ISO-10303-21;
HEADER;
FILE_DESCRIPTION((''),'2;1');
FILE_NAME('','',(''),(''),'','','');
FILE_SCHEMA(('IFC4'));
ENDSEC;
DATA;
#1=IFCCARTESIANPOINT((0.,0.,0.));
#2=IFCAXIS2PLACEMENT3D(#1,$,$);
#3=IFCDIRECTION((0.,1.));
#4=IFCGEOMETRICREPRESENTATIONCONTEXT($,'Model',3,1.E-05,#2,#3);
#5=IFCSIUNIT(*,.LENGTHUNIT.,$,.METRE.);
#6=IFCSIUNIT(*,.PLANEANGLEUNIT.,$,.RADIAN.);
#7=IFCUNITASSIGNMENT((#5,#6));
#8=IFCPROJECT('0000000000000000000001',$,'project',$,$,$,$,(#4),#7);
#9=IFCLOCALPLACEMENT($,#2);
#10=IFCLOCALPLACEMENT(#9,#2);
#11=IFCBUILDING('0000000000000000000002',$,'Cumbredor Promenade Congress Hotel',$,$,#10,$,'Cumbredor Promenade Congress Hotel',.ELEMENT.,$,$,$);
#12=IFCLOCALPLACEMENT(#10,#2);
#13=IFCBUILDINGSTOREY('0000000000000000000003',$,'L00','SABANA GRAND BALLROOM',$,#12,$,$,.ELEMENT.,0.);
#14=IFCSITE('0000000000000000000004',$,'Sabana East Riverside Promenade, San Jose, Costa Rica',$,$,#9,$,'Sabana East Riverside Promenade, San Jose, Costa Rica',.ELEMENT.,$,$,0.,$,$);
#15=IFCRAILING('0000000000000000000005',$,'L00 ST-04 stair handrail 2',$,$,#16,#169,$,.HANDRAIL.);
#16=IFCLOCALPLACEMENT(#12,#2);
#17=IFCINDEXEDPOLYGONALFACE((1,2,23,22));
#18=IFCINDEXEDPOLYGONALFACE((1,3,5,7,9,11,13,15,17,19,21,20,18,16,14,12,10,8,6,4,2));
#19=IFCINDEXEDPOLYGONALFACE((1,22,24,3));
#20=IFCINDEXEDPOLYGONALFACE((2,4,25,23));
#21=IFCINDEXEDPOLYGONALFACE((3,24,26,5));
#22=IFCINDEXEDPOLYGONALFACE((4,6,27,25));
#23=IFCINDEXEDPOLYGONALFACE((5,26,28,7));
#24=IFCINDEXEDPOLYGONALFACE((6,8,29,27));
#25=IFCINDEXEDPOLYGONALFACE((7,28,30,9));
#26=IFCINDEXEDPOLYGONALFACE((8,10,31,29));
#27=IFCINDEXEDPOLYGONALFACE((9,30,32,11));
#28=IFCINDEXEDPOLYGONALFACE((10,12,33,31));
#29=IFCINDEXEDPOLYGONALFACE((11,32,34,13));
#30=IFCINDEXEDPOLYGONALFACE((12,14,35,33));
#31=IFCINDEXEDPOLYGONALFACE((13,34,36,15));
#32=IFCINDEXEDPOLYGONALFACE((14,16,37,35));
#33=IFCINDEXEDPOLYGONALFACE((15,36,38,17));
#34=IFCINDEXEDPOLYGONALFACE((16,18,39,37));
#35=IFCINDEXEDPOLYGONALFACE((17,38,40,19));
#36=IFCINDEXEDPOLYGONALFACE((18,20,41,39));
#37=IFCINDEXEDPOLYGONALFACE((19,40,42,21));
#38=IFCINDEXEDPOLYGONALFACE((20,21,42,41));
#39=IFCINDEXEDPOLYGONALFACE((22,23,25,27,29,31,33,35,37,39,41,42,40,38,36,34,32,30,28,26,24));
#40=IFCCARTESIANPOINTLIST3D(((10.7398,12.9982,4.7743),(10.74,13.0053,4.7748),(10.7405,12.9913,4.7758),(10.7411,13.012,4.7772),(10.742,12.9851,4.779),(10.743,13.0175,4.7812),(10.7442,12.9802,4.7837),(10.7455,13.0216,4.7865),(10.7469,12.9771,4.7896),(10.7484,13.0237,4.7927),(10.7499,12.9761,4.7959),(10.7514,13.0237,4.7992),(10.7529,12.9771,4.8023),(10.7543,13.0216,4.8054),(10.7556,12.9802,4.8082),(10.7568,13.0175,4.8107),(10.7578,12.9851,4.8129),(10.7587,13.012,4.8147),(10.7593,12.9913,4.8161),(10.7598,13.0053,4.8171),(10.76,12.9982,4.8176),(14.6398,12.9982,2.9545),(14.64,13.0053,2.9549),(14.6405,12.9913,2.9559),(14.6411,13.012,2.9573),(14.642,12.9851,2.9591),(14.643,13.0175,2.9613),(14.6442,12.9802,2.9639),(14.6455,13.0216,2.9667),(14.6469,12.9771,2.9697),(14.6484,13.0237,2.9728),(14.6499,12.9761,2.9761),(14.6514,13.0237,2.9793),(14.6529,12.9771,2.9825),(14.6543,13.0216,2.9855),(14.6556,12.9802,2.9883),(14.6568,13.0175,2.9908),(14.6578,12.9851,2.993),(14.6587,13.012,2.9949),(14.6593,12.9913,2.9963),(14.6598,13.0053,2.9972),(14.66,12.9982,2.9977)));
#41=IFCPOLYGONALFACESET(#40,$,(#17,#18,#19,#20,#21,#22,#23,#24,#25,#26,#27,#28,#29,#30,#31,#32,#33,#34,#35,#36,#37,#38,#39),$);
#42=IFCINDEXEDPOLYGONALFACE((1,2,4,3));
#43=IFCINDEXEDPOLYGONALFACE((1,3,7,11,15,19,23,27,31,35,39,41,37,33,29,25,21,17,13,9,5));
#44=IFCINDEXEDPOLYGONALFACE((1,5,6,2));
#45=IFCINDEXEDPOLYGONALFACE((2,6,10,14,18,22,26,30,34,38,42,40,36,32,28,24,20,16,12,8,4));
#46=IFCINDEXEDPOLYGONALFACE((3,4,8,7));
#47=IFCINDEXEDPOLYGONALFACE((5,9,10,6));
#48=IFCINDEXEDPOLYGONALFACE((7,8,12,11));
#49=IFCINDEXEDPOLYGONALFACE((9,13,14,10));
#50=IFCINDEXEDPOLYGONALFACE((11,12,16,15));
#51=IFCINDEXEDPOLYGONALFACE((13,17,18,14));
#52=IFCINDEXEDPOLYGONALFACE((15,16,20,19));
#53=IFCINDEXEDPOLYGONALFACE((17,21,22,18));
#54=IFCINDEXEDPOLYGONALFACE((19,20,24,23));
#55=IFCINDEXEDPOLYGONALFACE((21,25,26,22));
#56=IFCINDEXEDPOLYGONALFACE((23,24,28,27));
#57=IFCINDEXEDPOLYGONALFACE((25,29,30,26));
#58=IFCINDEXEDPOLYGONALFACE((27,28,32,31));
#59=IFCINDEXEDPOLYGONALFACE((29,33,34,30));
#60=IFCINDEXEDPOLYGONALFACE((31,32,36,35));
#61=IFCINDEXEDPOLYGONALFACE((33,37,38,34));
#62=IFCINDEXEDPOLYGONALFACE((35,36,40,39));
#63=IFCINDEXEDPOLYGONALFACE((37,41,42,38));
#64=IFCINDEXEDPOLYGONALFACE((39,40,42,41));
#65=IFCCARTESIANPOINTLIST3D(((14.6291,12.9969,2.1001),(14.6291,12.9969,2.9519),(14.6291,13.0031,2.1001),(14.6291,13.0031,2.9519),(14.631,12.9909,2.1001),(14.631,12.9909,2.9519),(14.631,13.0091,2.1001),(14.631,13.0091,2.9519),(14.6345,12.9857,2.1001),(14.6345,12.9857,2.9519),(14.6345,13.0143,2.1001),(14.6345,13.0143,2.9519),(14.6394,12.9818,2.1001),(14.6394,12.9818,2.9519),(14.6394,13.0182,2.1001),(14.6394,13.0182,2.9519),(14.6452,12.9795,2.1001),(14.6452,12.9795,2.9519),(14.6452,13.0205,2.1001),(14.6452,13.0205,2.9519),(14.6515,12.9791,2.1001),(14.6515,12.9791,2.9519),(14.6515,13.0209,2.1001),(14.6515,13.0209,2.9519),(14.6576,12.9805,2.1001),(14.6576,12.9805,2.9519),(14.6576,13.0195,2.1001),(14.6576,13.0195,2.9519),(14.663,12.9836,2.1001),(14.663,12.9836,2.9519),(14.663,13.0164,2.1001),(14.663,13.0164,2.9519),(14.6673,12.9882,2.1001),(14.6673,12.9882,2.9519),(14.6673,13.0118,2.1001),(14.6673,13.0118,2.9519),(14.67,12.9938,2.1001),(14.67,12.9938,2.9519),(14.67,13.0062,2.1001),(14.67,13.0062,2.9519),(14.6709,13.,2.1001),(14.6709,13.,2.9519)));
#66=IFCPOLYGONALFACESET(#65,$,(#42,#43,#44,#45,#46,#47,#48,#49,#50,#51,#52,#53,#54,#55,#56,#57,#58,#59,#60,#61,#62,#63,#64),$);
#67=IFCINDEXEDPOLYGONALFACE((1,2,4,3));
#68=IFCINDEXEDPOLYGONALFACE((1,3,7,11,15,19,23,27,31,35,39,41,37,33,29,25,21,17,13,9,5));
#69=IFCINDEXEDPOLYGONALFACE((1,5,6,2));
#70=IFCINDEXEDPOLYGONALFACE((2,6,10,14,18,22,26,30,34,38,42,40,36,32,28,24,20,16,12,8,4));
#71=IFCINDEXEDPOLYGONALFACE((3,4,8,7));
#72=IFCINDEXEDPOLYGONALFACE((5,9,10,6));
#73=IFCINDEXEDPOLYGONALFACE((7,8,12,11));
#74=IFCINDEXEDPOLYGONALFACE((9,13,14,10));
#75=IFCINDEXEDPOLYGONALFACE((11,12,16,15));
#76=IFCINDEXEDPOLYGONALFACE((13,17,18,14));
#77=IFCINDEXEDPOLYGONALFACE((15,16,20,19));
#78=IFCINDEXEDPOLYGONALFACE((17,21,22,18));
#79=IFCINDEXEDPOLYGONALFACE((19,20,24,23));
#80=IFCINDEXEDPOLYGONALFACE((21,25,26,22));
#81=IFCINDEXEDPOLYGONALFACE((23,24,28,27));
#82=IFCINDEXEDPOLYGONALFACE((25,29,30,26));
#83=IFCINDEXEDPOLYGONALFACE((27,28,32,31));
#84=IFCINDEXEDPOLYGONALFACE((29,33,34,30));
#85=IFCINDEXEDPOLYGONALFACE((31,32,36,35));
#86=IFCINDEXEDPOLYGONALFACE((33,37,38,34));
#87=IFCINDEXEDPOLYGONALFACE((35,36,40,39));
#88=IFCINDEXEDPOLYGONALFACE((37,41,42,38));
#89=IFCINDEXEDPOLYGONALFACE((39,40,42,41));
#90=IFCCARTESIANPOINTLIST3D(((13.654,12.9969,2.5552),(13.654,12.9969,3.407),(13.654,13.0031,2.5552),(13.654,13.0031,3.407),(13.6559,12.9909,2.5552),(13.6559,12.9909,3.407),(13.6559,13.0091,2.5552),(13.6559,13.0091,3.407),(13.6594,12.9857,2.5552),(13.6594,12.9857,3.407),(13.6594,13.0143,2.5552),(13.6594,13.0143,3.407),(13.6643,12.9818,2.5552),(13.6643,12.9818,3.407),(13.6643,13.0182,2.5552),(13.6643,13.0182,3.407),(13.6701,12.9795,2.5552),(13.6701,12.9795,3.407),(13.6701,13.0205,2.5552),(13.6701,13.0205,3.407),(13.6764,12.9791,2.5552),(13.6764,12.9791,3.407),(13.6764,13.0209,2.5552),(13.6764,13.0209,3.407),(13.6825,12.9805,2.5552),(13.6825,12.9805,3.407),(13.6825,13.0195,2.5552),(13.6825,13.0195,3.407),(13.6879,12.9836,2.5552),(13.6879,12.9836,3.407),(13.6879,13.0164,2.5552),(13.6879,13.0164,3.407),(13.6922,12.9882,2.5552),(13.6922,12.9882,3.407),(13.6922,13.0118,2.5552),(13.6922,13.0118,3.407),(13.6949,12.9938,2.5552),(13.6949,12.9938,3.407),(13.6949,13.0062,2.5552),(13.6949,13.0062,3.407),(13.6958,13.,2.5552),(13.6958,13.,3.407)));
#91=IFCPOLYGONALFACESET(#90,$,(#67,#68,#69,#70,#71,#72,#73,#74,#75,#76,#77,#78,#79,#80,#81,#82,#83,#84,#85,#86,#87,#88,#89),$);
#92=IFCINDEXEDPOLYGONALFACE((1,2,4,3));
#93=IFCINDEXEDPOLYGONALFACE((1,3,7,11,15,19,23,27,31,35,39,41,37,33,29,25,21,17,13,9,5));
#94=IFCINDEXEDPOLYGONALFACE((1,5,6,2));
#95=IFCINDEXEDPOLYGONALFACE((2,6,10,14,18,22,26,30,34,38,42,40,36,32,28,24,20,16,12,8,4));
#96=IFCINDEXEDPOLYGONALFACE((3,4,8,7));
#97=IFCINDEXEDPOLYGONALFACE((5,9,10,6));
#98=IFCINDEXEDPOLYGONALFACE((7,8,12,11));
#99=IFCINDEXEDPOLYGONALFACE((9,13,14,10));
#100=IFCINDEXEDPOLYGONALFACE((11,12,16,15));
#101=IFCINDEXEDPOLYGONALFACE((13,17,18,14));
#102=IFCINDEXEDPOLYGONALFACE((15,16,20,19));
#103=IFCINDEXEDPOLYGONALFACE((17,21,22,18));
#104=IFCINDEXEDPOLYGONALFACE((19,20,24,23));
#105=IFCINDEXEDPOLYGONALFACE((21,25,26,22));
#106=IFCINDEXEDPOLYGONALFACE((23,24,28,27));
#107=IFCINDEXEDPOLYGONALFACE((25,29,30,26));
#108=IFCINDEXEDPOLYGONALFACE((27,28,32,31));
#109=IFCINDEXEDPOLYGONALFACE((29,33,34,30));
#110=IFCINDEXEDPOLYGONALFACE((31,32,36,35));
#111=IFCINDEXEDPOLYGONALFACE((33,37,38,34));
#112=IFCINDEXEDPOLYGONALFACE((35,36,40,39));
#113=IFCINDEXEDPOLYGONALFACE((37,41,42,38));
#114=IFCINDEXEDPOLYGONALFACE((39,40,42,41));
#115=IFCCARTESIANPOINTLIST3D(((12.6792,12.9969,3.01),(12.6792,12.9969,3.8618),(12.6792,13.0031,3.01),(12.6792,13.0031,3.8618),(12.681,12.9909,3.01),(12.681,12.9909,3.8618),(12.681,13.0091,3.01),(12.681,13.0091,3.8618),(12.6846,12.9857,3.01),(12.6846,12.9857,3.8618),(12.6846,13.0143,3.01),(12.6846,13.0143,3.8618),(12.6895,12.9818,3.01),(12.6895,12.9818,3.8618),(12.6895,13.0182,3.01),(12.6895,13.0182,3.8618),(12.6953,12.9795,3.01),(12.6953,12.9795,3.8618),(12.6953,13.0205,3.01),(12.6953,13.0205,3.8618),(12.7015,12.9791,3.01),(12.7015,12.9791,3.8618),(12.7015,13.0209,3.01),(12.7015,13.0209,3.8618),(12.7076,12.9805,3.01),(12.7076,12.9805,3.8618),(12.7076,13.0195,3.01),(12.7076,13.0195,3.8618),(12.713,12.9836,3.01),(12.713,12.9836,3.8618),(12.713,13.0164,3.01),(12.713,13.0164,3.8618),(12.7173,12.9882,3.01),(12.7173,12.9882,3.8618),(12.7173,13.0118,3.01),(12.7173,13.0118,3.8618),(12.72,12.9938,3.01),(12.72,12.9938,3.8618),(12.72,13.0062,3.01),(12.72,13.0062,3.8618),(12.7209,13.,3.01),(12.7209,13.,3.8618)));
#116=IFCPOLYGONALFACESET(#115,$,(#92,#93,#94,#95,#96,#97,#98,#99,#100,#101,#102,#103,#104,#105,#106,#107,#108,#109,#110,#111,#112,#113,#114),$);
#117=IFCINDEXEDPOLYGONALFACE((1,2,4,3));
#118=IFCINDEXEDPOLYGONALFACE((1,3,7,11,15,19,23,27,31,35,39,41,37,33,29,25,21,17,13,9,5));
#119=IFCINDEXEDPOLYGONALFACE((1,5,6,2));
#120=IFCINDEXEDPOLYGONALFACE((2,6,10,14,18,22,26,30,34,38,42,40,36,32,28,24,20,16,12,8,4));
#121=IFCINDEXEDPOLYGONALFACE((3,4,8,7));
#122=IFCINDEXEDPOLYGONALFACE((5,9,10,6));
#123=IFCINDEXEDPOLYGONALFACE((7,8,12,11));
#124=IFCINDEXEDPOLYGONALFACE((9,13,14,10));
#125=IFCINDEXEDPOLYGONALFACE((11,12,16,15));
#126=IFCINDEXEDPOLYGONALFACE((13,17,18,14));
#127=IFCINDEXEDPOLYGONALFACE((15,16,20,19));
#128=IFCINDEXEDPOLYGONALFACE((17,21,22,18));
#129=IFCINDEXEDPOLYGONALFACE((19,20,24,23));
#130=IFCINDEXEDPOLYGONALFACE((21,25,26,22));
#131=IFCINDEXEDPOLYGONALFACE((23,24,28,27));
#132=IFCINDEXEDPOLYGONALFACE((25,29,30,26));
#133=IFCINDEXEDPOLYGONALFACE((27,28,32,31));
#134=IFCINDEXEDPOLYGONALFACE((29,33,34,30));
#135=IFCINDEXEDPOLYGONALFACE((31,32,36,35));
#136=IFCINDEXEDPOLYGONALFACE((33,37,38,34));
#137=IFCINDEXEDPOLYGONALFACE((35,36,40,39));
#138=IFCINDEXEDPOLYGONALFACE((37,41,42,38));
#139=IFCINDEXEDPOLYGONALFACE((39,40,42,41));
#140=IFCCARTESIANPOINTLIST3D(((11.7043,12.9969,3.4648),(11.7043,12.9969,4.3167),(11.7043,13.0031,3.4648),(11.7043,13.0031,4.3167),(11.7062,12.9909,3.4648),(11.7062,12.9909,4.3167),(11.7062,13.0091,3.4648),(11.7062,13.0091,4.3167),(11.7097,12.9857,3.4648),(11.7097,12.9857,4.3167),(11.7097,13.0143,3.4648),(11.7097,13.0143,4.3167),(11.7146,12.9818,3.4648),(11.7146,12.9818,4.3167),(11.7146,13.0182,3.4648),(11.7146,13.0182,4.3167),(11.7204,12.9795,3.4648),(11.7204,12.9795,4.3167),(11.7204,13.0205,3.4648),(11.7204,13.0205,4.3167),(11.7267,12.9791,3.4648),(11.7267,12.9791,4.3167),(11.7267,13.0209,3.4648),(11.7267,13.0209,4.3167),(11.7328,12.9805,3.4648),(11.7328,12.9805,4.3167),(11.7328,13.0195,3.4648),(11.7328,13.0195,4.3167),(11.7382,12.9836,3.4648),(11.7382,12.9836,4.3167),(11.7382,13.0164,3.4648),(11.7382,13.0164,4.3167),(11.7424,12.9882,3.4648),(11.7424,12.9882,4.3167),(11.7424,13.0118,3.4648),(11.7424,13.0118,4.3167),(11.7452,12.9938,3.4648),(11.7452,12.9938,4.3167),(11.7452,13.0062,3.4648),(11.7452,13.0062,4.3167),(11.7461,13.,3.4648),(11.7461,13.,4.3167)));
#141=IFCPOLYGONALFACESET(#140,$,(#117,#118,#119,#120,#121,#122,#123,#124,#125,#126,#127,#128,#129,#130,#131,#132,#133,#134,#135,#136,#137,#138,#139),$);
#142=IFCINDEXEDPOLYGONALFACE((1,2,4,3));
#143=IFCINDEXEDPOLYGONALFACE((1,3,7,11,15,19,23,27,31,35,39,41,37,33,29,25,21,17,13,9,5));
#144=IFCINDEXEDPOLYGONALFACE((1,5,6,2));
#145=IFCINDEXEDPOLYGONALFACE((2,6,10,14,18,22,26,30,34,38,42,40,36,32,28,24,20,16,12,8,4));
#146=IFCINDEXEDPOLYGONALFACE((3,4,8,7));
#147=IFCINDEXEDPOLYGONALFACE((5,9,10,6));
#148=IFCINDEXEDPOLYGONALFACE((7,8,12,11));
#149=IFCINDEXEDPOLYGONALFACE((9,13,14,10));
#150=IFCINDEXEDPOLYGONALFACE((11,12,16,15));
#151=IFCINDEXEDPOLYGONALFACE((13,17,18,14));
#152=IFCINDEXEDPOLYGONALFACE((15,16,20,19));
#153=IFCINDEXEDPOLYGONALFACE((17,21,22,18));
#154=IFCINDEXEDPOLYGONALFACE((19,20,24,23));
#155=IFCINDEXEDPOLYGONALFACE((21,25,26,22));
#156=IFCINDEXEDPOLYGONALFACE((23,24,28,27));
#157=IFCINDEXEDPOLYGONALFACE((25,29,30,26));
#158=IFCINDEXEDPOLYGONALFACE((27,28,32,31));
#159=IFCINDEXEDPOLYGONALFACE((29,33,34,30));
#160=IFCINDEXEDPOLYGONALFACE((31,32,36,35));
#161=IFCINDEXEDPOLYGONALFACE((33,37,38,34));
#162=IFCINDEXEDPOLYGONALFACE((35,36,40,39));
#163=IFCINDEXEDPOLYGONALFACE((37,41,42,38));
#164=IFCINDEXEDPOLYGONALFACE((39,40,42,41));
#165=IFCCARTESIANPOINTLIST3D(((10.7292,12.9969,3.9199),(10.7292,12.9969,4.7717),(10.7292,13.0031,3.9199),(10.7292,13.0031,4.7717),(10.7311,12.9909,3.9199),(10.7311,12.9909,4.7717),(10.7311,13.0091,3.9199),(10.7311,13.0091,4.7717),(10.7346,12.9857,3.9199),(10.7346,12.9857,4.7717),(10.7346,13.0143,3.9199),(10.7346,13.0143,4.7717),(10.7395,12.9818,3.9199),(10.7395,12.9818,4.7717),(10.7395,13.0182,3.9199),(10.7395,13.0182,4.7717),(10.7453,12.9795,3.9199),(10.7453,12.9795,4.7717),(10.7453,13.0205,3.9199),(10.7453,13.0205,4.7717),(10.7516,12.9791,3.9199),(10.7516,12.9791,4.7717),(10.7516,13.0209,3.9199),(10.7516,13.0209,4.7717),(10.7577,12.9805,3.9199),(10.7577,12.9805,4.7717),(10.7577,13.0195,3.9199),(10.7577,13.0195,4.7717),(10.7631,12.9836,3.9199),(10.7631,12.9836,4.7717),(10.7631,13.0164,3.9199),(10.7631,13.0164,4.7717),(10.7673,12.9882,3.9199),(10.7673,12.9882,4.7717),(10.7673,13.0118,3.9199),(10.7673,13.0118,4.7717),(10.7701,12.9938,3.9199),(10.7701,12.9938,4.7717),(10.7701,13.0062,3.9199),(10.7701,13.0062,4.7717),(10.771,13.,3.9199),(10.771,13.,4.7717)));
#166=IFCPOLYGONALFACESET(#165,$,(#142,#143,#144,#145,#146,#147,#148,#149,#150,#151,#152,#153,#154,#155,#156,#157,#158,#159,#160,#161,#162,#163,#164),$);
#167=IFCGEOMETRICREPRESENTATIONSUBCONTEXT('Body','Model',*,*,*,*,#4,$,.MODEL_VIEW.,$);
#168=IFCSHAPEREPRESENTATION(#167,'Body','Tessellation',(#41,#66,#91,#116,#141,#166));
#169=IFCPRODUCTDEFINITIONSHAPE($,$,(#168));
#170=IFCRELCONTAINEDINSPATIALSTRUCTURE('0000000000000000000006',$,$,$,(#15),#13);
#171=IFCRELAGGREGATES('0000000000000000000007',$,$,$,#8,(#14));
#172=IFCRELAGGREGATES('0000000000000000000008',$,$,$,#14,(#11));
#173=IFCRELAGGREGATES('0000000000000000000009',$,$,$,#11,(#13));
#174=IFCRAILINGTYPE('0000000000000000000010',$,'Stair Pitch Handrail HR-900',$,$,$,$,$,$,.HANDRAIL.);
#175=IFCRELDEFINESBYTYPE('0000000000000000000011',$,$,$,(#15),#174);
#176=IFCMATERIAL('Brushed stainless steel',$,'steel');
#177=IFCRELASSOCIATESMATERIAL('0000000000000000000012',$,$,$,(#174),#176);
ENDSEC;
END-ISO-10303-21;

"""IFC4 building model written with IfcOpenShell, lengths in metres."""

from ifc_helpers import new_model, si_unit, direction, frame, origin, origin_2d, place, context, subcontext, project, spatial, circle, extrude, material, type_object, element, save


model = new_model("IFC4")

# Units and contexts
model_context = context("Model", 3, precision=1e-05, world=origin(), true_north=direction((0.0, 1.0)))
body_context = subcontext(model_context, "Body", "Model", "MODEL_VIEW")
ifc_project = project(units=[si_unit("LENGTHUNIT", "METRE"), si_unit("PLANEANGLEUNIT", "RADIAN")], contexts=[model_context])

# Site, building, storey
site_placement = place(None, origin())
site = spatial("IfcSite", under=ifc_project, at=site_placement, Name="Sabana East Riverside Promenade, San Jose, Costa Rica", LongName="Sabana East Riverside Promenade, San Jose, Costa Rica", CompositionType="ELEMENT", RefElevation=0.0)
building_placement = place(site_placement, origin())
building = spatial("IfcBuilding", under=site, at=building_placement, Name="Cumbredor Promenade Congress Hotel", LongName="Cumbredor Promenade Congress Hotel", CompositionType="ELEMENT")
storey_placement = place(building_placement, origin())
storey = spatial("IfcBuildingStorey", under=building, at=storey_placement, Name="L00", Description="SABANA GRAND BALLROOM", CompositionType="ELEMENT", Elevation=0.0)

# Railing
ifc_material_1 = material(Name="Brushed stainless steel", Category="steel")
railing_type_1 = type_object("IfcRailingType", Name="Stair Pitch Handrail HR-900", PredefinedType="HANDRAIL", material=ifc_material_1)
railing_1_placement = place(storey_placement, frame((14.6499, 13.0, 2.1001)))
element("IfcRailing", 1, at=railing_1_placement, inside=storey, type_object=railing_type_1, Name="L00 ST-04 stair handrail 2", PredefinedType="HANDRAIL", context=body_context, shape_type="SweptSolid", body=[
    extrude(circle(Radius=0.0239, at=origin_2d()), frame((0.0, 0.0, 0.876), z_axis=(-0.906195, 0.0, 0.422861), x_axis=(0.0, -1.0, 0.0)), (0.0, 0.0, 1.0), 4.3037),
    extrude(circle(Radius=0.021, at=origin_2d()), origin(), (0.0, 0.0, 1.0), 0.8518),
    extrude(circle(Radius=0.021, at=origin_2d()), frame((-0.9751, 0.0, 0.4551)), (0.0, 0.0, 1.0), 0.8518),
    extrude(circle(Radius=0.021, at=origin_2d()), frame((-1.95, 0.0, 0.9099)), (0.0, 0.0, 1.0), 0.8518),
    extrude(circle(Radius=0.021, at=origin_2d()), frame((-2.9248, 0.0, 1.3647)), (0.0, 0.0, 1.0), 0.8518),
    extrude(circle(Radius=0.021, at=origin_2d()), frame((-3.8999, 0.0, 1.8198)), (0.0, 0.0, 1.0), 0.8518),
])

save(model, "model.ifc")
